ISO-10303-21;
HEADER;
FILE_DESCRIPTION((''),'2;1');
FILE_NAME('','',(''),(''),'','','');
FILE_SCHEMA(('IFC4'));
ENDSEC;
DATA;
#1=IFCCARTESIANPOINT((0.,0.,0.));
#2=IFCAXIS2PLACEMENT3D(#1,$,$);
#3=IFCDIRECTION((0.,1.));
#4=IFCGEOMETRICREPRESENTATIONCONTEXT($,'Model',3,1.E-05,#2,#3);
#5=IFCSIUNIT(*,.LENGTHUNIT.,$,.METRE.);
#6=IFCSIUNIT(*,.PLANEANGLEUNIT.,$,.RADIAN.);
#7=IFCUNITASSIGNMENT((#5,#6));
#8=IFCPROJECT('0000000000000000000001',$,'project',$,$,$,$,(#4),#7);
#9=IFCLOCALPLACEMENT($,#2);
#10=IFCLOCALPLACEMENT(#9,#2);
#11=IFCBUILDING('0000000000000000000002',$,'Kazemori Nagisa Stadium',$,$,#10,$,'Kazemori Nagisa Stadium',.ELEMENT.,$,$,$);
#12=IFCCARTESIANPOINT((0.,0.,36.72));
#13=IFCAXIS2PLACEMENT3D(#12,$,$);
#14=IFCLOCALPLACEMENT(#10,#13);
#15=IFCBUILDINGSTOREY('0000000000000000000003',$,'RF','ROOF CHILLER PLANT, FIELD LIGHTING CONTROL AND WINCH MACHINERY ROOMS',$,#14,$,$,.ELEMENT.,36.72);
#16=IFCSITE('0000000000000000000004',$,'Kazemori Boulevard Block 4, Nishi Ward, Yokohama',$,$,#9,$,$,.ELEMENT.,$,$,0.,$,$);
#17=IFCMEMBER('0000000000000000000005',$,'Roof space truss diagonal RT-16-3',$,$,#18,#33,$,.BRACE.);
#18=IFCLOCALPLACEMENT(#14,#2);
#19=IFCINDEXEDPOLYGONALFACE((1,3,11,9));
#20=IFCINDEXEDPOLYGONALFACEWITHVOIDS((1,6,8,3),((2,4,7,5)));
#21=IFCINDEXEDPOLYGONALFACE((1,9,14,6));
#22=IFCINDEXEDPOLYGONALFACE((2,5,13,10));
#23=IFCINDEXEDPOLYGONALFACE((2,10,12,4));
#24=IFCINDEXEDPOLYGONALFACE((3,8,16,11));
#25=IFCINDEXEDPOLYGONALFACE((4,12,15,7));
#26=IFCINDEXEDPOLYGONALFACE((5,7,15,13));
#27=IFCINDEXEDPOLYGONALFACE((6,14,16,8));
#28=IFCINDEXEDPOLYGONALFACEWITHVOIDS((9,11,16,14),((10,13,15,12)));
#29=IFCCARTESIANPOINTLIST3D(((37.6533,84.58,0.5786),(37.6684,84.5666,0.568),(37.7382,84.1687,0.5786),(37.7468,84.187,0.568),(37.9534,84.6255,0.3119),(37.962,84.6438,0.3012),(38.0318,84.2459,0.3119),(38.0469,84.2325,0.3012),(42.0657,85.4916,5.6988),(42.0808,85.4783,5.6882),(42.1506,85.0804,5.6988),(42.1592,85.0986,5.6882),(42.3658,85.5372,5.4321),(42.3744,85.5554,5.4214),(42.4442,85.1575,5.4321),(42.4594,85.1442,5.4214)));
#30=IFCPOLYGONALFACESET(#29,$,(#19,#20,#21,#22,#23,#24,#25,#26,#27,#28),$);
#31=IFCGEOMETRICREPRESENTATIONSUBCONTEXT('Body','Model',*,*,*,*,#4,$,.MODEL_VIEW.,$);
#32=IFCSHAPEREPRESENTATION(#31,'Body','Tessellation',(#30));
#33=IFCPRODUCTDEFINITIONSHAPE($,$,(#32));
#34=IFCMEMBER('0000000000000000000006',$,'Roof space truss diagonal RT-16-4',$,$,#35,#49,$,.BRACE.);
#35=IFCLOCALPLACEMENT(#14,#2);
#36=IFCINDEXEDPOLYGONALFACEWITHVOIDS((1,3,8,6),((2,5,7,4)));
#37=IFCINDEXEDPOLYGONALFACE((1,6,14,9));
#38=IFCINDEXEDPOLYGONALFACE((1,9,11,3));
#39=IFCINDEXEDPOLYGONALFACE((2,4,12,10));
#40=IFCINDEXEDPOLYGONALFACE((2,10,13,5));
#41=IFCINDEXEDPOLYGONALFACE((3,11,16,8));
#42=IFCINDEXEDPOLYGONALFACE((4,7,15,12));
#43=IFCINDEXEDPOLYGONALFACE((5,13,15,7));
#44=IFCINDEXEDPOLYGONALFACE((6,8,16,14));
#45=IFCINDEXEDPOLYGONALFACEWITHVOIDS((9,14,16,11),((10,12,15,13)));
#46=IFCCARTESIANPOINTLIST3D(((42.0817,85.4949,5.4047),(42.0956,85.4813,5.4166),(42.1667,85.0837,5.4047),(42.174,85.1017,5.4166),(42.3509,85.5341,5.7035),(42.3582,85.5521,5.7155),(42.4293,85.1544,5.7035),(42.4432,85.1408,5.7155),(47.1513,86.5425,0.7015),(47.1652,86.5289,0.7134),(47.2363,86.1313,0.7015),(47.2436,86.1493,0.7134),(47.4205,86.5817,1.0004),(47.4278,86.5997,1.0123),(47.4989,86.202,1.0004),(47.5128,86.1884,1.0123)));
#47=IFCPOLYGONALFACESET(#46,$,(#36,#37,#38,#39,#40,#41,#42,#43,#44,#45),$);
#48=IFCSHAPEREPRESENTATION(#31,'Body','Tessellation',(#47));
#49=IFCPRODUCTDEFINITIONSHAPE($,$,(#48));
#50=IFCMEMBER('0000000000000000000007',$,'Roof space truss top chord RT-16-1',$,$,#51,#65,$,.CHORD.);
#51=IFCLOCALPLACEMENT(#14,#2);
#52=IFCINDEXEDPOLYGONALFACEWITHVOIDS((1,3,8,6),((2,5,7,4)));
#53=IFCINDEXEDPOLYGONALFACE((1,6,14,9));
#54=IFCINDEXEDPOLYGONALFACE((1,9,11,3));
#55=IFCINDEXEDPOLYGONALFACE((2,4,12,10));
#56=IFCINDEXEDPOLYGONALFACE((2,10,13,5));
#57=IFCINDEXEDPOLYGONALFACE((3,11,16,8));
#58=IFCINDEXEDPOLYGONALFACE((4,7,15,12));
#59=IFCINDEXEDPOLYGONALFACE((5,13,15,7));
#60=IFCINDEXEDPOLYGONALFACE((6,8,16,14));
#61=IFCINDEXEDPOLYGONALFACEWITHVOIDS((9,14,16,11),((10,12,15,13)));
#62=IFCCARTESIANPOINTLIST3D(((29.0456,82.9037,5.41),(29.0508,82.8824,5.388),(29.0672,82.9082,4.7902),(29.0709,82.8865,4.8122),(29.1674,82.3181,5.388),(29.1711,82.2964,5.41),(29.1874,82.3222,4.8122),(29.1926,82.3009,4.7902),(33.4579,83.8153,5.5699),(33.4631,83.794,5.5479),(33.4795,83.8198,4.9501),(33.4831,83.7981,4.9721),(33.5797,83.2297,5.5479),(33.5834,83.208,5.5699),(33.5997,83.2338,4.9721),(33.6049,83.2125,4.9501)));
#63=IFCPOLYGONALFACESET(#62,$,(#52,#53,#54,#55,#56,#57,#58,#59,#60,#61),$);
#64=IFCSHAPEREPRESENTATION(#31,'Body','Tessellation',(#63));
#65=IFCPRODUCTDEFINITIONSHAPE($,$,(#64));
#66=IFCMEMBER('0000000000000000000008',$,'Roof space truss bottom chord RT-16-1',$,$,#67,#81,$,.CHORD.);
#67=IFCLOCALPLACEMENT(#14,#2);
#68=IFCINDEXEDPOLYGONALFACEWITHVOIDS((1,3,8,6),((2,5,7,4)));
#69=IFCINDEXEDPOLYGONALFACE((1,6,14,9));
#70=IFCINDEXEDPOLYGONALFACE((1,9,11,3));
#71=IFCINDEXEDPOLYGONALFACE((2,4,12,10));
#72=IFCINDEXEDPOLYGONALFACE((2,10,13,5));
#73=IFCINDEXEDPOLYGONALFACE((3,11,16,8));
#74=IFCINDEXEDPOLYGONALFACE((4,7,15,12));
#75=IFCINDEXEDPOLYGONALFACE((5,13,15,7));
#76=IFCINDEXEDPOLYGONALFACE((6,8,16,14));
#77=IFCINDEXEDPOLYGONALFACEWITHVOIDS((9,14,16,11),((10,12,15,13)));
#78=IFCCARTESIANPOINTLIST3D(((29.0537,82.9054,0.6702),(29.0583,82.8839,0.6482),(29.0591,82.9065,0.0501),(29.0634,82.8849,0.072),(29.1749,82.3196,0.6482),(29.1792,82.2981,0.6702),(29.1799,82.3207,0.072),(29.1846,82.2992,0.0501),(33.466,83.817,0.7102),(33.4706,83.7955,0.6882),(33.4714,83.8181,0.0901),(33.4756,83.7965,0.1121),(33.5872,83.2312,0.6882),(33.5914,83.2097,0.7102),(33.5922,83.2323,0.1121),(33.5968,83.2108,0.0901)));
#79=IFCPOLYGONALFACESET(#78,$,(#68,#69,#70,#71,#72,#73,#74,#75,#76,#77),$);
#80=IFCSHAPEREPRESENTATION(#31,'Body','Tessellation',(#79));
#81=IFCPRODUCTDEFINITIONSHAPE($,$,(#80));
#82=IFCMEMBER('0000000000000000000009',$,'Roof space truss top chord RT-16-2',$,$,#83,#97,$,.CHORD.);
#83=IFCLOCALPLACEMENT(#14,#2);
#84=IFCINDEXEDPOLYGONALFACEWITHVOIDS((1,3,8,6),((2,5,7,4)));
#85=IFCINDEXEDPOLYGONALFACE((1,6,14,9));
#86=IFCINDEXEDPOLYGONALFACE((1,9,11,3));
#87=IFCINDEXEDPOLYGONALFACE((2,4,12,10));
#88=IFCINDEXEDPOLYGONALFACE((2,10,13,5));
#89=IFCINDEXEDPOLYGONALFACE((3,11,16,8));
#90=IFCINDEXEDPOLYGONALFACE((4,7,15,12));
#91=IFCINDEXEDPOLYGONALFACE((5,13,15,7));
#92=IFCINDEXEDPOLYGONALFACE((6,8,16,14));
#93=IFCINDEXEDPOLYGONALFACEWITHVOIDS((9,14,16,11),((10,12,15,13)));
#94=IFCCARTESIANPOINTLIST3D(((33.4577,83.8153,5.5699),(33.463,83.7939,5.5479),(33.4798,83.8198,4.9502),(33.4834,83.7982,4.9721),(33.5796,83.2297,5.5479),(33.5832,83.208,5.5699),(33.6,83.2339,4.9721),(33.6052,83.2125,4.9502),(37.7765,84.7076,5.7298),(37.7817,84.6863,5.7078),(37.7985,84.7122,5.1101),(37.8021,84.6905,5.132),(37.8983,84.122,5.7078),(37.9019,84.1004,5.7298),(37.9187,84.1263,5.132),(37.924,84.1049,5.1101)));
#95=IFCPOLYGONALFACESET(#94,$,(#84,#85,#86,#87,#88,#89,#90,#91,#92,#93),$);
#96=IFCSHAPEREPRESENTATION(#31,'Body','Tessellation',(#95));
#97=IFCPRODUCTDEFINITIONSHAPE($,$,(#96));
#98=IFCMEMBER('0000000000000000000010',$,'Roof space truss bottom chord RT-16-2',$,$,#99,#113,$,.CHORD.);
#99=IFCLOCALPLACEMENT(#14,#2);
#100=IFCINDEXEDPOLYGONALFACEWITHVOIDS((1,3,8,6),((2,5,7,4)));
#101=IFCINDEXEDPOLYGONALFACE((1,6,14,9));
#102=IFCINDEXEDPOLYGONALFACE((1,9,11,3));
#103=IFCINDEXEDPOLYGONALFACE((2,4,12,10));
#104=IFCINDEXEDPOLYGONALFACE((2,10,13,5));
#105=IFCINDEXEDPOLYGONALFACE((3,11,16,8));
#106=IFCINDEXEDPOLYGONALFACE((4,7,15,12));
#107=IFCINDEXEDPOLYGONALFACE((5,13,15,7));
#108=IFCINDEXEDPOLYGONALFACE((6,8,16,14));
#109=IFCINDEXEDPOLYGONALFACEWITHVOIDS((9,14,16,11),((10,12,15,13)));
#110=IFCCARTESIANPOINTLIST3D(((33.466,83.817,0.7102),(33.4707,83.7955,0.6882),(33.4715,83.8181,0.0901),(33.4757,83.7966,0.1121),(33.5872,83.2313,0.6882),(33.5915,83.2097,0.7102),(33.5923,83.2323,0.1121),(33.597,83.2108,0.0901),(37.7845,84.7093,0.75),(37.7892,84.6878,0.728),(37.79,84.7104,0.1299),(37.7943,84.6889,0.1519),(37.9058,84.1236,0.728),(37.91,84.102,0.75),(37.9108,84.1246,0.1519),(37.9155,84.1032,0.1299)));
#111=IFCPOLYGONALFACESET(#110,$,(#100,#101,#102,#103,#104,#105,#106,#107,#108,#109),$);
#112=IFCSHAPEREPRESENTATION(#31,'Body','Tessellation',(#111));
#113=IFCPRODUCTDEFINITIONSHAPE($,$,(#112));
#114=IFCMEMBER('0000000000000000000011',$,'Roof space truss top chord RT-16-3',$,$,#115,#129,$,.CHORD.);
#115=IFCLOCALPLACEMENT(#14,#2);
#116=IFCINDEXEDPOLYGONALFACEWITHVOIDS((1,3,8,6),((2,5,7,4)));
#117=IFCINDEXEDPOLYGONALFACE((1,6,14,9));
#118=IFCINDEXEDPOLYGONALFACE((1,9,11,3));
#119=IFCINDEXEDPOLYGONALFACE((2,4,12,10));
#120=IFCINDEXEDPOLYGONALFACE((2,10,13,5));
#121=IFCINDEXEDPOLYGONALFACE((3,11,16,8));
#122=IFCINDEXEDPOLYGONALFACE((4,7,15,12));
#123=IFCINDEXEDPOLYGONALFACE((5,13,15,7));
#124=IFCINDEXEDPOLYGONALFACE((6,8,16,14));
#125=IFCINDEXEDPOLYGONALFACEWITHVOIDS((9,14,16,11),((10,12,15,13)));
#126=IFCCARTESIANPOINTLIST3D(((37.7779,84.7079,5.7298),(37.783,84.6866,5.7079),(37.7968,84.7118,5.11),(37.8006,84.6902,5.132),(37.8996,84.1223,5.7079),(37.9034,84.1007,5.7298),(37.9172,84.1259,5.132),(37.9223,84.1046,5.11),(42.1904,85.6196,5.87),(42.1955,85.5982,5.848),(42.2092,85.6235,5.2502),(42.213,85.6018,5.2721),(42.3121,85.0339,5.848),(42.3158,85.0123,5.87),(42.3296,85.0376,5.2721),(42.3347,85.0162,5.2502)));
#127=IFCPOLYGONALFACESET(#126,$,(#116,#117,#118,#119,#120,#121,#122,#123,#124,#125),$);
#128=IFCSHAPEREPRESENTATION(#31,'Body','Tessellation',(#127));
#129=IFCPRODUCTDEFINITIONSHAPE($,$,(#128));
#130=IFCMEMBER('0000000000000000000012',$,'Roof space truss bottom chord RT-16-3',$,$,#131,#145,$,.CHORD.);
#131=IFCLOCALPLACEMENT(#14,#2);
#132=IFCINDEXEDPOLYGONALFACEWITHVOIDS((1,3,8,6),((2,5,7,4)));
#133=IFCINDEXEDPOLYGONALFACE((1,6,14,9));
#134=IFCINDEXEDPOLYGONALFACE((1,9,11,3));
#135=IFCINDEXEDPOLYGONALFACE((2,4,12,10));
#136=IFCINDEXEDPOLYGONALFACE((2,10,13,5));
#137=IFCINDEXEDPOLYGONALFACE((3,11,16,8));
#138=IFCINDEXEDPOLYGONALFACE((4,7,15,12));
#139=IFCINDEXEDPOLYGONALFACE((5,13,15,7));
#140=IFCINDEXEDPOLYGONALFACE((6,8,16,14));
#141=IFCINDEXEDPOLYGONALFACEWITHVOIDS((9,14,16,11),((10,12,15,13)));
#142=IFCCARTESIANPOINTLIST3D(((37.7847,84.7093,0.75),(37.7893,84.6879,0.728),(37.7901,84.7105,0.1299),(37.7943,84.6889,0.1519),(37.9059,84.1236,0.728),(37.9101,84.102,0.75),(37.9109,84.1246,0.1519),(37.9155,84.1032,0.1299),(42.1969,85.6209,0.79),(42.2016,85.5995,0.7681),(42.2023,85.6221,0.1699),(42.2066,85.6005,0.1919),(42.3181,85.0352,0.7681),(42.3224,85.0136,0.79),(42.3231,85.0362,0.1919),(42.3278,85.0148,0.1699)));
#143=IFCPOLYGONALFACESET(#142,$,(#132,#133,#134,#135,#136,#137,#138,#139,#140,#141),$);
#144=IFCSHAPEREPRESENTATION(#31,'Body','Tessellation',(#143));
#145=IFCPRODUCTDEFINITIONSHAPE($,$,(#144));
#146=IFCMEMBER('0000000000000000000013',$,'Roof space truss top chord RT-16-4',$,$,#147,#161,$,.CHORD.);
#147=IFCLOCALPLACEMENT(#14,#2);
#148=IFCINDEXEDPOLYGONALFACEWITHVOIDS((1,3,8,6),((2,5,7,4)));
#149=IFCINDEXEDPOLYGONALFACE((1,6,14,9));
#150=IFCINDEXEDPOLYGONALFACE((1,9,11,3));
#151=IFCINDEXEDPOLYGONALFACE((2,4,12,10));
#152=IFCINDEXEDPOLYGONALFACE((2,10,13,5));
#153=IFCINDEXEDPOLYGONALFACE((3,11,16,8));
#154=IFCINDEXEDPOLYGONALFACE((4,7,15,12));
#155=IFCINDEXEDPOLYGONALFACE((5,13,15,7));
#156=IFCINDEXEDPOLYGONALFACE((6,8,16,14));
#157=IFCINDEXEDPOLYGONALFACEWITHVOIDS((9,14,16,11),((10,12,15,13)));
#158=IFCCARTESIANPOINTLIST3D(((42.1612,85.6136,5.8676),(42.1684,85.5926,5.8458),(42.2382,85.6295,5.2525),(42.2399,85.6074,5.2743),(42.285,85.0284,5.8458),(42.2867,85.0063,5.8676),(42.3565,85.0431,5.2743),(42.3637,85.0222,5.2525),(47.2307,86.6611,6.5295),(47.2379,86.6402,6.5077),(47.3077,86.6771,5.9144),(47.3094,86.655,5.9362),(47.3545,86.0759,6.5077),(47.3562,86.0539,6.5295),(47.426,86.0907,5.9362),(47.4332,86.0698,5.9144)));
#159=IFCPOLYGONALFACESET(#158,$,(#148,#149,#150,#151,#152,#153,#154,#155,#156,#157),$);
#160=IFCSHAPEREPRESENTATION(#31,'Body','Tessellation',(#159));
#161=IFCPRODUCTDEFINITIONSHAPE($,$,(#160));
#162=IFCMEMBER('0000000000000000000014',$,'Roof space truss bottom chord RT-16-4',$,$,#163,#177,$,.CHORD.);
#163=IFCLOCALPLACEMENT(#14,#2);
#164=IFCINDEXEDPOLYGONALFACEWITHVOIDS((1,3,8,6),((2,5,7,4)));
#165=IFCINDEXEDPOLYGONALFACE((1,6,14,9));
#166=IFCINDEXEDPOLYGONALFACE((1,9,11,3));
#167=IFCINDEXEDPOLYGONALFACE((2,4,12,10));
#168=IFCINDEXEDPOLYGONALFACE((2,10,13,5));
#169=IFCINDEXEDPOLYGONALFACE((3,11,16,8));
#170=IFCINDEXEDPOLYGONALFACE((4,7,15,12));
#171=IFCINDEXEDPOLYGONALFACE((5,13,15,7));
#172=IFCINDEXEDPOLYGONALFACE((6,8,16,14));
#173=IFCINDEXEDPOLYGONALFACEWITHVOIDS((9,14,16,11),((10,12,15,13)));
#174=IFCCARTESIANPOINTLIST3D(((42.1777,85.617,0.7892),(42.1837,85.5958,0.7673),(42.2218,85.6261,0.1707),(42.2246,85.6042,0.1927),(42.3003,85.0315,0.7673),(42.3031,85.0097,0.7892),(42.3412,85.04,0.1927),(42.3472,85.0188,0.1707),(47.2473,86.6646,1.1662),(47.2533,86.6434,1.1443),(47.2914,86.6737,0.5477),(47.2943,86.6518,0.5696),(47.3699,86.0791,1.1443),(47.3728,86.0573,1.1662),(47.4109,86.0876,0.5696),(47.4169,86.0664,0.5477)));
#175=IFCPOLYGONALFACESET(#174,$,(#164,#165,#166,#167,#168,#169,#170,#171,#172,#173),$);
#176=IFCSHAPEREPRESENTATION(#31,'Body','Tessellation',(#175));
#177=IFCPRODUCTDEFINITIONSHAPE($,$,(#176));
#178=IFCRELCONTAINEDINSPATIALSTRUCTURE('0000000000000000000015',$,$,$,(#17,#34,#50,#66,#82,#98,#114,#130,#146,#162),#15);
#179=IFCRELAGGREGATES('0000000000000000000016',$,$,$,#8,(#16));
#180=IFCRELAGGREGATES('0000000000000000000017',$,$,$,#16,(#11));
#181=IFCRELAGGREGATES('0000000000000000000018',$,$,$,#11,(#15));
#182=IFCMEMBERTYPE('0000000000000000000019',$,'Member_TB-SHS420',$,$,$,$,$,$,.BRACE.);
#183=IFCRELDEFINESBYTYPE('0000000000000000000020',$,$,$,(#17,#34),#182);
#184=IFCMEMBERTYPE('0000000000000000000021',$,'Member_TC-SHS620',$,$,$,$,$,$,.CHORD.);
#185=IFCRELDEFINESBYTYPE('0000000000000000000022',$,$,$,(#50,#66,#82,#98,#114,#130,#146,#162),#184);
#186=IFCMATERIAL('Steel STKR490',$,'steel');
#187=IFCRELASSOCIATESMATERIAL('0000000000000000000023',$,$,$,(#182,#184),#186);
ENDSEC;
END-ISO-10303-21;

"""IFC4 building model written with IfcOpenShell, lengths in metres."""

from ifc_helpers import new_model, si_unit, direction, frame, origin, origin_2d, place, context, subcontext, project, spatial, hollow_rectangle, extrude, material, material_profile, profile_set, type_object, element, save


model = new_model("IFC4")

# Units and contexts
model_context = context("Model", 3, precision=1e-05, world=origin(), true_north=direction((0.0, 1.0)))
body_context = subcontext(model_context, "Body", "Model", "MODEL_VIEW")
ifc_project = project(units=[si_unit("LENGTHUNIT", "METRE"), si_unit("PLANEANGLEUNIT", "RADIAN")], contexts=[model_context])

# Site, building, storey
site_placement = place(None, origin())
site = spatial("IfcSite", under=ifc_project, at=site_placement, Name="Kazemori Boulevard Block 4, Nishi Ward, Yokohama", CompositionType="ELEMENT", RefElevation=0.0)
building_placement = place(site_placement, origin())
building = spatial("IfcBuilding", under=site, at=building_placement, Name="Kazemori Nagisa Stadium", LongName="Kazemori Nagisa Stadium", CompositionType="ELEMENT")
storey_placement = place(building_placement, frame((0.0, 0.0, 36.72)))
storey = spatial("IfcBuildingStorey", under=building, at=storey_placement, Name="RF", Description="ROOF CHILLER PLANT, FIELD LIGHTING CONTROL AND WINCH MACHINERY ROOMS", CompositionType="ELEMENT", Elevation=36.72)

# Members
ifc_material_1 = material(Name="Steel STKR490", Category="steel")
ifc_material_profile_1 = material_profile(ifc_material_1, hollow_rectangle(XDim=0.4199, YDim=0.4199, WallThickness=0.0161, at=origin_2d()), Name="SHS-420x420x16")
ifc_profile_set_1 = profile_set([ifc_material_profile_1], Name="Steel STKR490")
member_type_1 = type_object("IfcMemberType", Name="Member_TB-SHS420", PredefinedType="BRACE", material=ifc_profile_set_1)
member_1_placement = place(storey_placement, frame((37.8501, 84.4062, 0.4399), z_axis=(0.646951, 0.133664, 0.750725), x_axis=(-0.202333, 0.979317, 0.0)))
element("IfcMember", 1, at=member_1_placement, inside=storey, type_object=member_type_1, Name="Roof space truss diagonal RT-16-3", PredefinedType="BRACE", context=body_context, shape_type="SweptSolid", body=[
    extrude(hollow_rectangle(XDim=0.4199, YDim=0.4199, WallThickness=0.0161, at=origin_2d()), origin(), (0.0, 0.0, 1.0), 6.8203),
])
member_2_placement = place(storey_placement, frame((42.2625, 85.3179, 5.5601), z_axis=(0.724836, 0.149784, -0.672441), x_axis=(-0.20237, 0.979309, 0.0)))
element("IfcMember", 2, at=member_2_placement, inside=storey, type_object=member_type_1, Name="Roof space truss diagonal RT-16-4", PredefinedType="BRACE", context=body_context, shape_type="SweptSolid", body=[
    extrude(hollow_rectangle(XDim=0.4199, YDim=0.4199, WallThickness=0.0161, at=origin_2d()), origin(), (0.0, 0.0, 1.0), 6.9941),
])
ifc_material_profile_2 = material_profile(ifc_material_1, hollow_rectangle(XDim=0.6201, YDim=0.6201, WallThickness=0.022, at=origin_2d()), Name="SHS-620x620x22")
ifc_profile_set_2 = profile_set([ifc_material_profile_2], Name="Steel STKR490")
member_type_2 = type_object("IfcMemberType", Name="Member_TC-SHS620", PredefinedType="CHORD", material=ifc_profile_set_2)
member_3_placement = place(storey_placement, frame((29.1191, 82.6023, 5.1001), z_axis=(0.9787, 0.202206, 0.03547), x_axis=(-0.202333, 0.979317, 0.0)))
element("IfcMember", 3, at=member_3_placement, inside=storey, type_object=member_type_2, Name="Roof space truss top chord RT-16-1", PredefinedType="CHORD", context=body_context, shape_type="SweptSolid", body=[
    extrude(hollow_rectangle(XDim=0.6201, YDim=0.6201, WallThickness=0.022, at=origin_2d()), origin(), (0.0, 0.0, 1.0), 4.5083),
])
member_4_placement = place(storey_placement, frame((29.1191, 82.6023, 0.3601), z_axis=(0.979278, 0.202325, 0.008886), x_axis=(-0.202333, 0.979317, 0.0)))
element("IfcMember", 4, at=member_4_placement, inside=storey, type_object=member_type_2, Name="Roof space truss bottom chord RT-16-1", PredefinedType="CHORD", context=body_context, shape_type="SweptSolid", body=[
    extrude(hollow_rectangle(XDim=0.6201, YDim=0.6201, WallThickness=0.022, at=origin_2d()), origin(), (0.0, 0.0, 1.0), 4.5056),
])
member_5_placement = place(storey_placement, frame((33.5315, 83.5139, 5.26), z_axis=(0.97867, 0.202218, 0.036239), x_axis=(-0.202351, 0.979313, 0.0)))
element("IfcMember", 5, at=member_5_placement, inside=storey, type_object=member_type_2, Name="Roof space truss top chord RT-16-2", PredefinedType="CHORD", context=body_context, shape_type="SweptSolid", body=[
    extrude(hollow_rectangle(XDim=0.6201, YDim=0.6201, WallThickness=0.022, at=origin_2d()), origin(), (0.0, 0.0, 1.0), 4.4128),
])
member_6_placement = place(storey_placement, frame((33.5315, 83.5139, 0.4001), z_axis=(0.979273, 0.202343, 0.009024), x_axis=(-0.202351, 0.979313, 0.0)))
element("IfcMember", 6, at=member_6_placement, inside=storey, type_object=member_type_2, Name="Roof space truss bottom chord RT-16-2", PredefinedType="CHORD", context=body_context, shape_type="SweptSolid", body=[
    extrude(hollow_rectangle(XDim=0.6201, YDim=0.6201, WallThickness=0.022, at=origin_2d()), origin(), (0.0, 0.0, 1.0), 4.4099),
])
member_7_placement = place(storey_placement, frame((37.8501, 84.4062, 5.4199), z_axis=(0.978843, 0.202235, 0.031088), x_axis=(-0.202333, 0.979317, 0.0)))
element("IfcMember", 7, at=member_7_placement, inside=storey, type_object=member_type_2, Name="Roof space truss top chord RT-16-3", PredefinedType="CHORD", context=body_context, shape_type="SweptSolid", body=[
    extrude(hollow_rectangle(XDim=0.6201, YDim=0.6201, WallThickness=0.022, at=origin_2d()), origin(), (0.0, 0.0, 1.0), 4.5078),
])
member_8_placement = place(storey_placement, frame((37.8501, 84.4062, 0.4399), z_axis=(0.979278, 0.202325, 0.008886), x_axis=(-0.202333, 0.979317, 0.0)))
element("IfcMember", 8, at=member_8_placement, inside=storey, type_object=member_type_2, Name="Roof space truss bottom chord RT-16-3", PredefinedType="CHORD", context=body_context, shape_type="SweptSolid", body=[
    extrude(hollow_rectangle(XDim=0.6201, YDim=0.6201, WallThickness=0.022, at=origin_2d()), origin(), (0.0, 0.0, 1.0), 4.5056),
])
member_9_placement = place(storey_placement, frame((42.2625, 85.3179, 5.5601), z_axis=(0.971402, 0.200736, 0.126823), x_axis=(-0.20237, 0.979309, 0.0)))
element("IfcMember", 9, at=member_9_placement, inside=storey, type_object=member_type_2, Name="Roof space truss top chord RT-16-4", PredefinedType="CHORD", context=body_context, shape_type="SweptSolid", body=[
    extrude(hollow_rectangle(XDim=0.6201, YDim=0.6201, WallThickness=0.022, at=origin_2d()), origin(), (0.0, 0.0, 1.0), 5.2188),
])
member_10_placement = place(storey_placement, frame((42.2625, 85.3179, 0.48), z_axis=(0.976723, 0.201836, 0.072625), x_axis=(-0.20237, 0.979309, 0.0)))
element("IfcMember", 10, at=member_10_placement, inside=storey, type_object=member_type_2, Name="Roof space truss bottom chord RT-16-4", PredefinedType="CHORD", context=body_context, shape_type="SweptSolid", body=[
    extrude(hollow_rectangle(XDim=0.6201, YDim=0.6201, WallThickness=0.022, at=origin_2d()), origin(), (0.0, 0.0, 1.0), 5.1904),
])

save(model, "model.ifc")
